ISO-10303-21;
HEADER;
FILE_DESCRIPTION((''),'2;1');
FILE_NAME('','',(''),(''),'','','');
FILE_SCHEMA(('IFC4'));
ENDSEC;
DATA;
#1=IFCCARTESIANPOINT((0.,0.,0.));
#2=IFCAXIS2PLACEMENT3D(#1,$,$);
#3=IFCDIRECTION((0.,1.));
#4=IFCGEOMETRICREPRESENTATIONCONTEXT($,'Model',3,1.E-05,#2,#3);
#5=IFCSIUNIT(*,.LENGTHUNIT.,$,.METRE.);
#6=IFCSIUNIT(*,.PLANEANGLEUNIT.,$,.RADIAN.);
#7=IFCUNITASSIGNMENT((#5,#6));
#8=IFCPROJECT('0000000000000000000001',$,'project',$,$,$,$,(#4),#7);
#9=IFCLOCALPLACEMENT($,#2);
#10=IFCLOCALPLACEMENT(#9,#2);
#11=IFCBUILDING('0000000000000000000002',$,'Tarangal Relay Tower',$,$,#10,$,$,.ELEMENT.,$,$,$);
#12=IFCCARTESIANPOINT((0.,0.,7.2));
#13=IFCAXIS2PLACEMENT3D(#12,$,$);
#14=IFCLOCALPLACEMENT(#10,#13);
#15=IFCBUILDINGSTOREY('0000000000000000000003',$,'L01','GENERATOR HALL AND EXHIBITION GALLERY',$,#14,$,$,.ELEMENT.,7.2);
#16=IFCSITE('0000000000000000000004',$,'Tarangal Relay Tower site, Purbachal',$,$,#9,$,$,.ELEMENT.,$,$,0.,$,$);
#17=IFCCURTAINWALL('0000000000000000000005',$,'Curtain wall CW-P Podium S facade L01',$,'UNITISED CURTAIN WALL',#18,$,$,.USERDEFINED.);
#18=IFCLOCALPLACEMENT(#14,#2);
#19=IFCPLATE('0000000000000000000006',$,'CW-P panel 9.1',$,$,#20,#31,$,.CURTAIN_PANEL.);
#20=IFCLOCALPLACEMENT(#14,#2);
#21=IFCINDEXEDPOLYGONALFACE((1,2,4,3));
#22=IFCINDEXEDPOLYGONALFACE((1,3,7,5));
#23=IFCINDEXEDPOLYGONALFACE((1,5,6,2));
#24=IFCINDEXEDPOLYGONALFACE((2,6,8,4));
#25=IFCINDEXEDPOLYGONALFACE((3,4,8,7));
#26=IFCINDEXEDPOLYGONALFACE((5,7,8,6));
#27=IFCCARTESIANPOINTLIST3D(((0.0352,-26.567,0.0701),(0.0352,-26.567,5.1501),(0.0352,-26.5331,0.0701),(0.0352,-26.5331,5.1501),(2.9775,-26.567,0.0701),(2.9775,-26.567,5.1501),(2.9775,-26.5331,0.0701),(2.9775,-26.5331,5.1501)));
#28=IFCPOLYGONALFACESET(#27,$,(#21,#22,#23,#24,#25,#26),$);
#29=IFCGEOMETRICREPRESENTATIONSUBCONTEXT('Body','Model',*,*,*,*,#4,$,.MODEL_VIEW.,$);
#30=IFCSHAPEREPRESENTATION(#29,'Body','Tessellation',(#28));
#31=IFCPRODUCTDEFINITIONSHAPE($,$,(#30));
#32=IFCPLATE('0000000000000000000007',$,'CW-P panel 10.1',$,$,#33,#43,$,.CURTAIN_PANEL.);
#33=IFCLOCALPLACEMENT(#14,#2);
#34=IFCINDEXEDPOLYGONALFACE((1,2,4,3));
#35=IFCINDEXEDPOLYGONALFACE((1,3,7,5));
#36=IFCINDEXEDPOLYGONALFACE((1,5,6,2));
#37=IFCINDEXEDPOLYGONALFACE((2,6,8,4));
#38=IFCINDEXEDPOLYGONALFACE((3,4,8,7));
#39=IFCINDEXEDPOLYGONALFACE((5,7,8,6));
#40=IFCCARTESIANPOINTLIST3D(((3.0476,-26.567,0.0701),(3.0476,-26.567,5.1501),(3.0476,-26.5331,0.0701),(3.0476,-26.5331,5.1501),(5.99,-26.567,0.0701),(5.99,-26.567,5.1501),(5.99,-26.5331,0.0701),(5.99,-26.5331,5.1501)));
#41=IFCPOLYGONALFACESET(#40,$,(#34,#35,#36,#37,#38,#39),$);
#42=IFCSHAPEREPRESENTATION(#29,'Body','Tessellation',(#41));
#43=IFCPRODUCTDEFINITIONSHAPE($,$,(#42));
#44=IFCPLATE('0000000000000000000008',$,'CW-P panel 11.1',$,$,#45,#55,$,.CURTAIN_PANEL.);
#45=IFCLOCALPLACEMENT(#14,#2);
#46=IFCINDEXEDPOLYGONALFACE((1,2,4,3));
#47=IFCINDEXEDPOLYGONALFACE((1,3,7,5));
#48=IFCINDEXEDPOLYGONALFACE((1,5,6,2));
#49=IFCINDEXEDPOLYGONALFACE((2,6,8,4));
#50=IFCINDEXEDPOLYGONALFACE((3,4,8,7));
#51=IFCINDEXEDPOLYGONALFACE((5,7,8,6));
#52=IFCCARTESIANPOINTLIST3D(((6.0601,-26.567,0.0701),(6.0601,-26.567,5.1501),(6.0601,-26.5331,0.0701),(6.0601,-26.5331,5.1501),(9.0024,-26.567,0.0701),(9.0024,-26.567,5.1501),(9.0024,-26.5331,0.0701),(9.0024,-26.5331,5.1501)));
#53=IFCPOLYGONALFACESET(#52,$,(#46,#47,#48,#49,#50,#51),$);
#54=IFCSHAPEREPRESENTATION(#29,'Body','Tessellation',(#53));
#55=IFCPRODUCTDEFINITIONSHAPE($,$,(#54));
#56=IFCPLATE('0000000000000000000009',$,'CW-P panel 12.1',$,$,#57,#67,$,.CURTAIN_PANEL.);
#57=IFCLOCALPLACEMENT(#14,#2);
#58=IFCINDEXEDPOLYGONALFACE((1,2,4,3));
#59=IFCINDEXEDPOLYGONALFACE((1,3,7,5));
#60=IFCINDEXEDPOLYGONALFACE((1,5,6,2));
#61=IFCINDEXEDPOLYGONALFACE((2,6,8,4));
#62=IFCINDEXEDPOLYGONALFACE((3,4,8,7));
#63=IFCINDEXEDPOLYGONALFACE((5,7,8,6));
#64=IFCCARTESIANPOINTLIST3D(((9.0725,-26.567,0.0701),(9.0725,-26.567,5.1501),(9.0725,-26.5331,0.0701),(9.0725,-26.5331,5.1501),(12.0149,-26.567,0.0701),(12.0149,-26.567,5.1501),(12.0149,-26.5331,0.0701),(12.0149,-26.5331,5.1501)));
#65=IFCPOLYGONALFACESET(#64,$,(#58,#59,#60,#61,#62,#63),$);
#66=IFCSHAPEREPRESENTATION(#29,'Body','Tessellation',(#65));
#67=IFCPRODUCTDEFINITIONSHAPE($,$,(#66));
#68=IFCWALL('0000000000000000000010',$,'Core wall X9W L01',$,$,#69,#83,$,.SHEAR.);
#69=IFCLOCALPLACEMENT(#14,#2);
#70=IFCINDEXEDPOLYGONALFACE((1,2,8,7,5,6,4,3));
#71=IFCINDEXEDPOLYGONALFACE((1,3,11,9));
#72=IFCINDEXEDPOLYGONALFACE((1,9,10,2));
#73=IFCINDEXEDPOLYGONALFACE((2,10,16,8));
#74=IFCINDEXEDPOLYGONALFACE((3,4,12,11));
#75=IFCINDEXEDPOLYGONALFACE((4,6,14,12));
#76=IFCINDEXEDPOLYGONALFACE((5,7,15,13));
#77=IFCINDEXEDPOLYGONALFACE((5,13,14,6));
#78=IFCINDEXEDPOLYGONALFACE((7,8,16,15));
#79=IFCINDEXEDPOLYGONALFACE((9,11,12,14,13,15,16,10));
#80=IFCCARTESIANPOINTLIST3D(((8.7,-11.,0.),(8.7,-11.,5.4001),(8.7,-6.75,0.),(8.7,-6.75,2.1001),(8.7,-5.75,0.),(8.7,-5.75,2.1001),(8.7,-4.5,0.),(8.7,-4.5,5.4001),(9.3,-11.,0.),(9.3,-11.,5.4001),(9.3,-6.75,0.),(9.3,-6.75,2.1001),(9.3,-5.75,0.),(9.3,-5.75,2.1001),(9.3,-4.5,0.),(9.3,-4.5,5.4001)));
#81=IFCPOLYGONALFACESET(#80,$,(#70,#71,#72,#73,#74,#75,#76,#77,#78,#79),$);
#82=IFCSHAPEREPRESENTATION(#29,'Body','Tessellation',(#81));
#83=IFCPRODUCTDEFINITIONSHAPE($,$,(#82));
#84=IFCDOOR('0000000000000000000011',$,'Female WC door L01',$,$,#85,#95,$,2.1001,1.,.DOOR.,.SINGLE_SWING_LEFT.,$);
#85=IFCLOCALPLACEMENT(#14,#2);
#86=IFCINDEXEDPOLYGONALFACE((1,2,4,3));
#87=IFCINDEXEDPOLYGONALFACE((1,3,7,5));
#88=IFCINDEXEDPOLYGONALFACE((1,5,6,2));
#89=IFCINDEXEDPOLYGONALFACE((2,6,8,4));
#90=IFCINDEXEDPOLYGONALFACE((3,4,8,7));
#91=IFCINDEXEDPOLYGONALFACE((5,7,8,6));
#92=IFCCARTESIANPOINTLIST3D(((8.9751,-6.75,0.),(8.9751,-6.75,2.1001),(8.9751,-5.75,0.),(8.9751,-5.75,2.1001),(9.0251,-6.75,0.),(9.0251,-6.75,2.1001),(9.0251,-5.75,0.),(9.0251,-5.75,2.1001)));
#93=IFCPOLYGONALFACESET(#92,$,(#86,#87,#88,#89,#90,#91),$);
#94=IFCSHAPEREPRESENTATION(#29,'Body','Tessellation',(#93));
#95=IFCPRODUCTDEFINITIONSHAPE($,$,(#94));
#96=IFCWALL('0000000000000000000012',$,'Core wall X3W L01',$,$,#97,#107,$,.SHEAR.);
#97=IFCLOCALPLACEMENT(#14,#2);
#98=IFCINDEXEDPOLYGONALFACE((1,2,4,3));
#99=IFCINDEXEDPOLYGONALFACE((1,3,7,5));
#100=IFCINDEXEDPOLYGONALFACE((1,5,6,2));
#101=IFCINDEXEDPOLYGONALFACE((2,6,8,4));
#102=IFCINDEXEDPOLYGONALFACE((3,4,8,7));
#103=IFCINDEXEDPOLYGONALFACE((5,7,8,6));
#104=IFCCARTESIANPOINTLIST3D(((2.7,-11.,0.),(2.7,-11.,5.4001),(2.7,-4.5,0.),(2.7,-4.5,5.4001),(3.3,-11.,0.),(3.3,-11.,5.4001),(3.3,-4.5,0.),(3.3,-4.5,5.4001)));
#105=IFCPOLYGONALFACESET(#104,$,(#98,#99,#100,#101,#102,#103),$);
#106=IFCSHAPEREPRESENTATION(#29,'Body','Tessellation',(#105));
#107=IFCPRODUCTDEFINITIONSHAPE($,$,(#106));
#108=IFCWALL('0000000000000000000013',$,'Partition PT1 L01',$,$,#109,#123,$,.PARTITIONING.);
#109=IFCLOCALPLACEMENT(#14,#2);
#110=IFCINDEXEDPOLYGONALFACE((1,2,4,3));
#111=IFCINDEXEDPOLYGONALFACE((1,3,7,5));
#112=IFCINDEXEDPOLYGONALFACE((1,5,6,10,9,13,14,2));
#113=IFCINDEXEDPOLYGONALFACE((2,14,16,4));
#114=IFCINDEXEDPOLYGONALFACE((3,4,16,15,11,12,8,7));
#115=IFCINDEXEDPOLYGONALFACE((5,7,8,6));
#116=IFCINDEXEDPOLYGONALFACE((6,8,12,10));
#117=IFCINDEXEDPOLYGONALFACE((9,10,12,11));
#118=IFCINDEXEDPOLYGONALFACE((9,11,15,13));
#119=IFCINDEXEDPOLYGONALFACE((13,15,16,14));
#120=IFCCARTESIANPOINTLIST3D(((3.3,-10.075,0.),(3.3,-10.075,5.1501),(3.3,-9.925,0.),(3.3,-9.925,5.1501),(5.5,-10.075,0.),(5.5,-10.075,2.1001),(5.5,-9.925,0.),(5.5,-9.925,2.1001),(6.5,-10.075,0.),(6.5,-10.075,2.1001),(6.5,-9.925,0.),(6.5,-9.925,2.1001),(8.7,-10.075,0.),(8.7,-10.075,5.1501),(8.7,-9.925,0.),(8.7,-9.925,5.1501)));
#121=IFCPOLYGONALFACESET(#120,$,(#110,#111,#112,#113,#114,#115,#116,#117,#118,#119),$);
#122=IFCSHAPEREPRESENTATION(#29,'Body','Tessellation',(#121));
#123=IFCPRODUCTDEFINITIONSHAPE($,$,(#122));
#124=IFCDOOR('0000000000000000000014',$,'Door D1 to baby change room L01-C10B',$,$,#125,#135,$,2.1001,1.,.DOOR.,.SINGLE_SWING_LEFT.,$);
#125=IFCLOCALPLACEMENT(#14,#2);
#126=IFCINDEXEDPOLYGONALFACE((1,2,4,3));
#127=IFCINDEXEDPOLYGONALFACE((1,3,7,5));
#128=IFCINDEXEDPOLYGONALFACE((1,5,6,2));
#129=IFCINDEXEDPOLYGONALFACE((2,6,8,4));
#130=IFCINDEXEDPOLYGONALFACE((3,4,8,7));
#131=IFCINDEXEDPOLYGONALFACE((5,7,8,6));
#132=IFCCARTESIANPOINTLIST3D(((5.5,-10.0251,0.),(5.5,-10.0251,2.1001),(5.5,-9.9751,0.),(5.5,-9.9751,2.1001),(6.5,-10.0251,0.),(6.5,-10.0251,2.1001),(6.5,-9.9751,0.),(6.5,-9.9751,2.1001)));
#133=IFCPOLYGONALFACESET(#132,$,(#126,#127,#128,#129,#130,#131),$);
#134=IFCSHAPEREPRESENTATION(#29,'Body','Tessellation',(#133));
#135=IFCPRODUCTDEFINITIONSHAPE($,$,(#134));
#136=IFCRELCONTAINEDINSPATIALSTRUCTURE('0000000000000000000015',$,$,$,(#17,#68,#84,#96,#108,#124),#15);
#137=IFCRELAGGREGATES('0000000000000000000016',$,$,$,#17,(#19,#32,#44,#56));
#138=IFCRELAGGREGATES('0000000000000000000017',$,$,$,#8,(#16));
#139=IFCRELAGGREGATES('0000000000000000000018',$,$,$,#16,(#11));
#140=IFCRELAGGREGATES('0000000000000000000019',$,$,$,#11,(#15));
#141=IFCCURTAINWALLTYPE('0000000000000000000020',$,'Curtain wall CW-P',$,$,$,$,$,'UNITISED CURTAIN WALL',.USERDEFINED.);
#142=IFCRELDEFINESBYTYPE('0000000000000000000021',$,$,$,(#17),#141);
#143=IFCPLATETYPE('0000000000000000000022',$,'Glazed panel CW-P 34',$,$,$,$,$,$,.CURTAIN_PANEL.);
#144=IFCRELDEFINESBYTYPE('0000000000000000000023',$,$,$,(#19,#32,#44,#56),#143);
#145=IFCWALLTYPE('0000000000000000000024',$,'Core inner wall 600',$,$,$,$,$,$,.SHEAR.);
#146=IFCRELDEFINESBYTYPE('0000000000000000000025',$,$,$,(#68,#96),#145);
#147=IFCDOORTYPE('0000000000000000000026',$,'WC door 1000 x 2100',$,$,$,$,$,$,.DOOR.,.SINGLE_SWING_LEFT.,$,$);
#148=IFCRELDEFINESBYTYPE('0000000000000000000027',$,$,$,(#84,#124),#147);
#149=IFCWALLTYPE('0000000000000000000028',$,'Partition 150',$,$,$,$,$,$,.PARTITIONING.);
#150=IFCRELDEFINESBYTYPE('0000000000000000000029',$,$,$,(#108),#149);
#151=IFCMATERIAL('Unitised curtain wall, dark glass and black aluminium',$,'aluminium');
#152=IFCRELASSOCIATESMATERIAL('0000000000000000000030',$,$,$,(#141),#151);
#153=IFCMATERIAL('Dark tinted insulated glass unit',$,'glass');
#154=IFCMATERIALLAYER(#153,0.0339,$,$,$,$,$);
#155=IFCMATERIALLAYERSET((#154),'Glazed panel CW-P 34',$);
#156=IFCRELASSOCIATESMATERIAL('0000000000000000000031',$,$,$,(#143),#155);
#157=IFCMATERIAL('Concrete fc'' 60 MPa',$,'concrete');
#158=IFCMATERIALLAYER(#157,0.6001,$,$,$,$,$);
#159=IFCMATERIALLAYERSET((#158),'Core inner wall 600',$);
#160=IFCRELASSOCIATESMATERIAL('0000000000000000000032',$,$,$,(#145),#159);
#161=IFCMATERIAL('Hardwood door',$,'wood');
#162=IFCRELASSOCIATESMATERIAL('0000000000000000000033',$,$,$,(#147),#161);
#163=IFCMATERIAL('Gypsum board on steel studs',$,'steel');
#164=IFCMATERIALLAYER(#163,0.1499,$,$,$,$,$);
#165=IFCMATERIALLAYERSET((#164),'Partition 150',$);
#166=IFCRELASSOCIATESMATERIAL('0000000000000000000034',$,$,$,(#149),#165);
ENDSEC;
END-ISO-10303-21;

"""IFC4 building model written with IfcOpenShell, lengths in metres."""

from ifc_helpers import new_model, si_unit, direction, frame, frame_2d, origin, origin_2d, place, context, subcontext, project, spatial, rectangle, extrude, material, layer, layer_set, type_object, element, fill, aggregate, save


model = new_model("IFC4")

# Units and contexts
model_context = context("Model", 3, precision=1e-05, world=origin(), true_north=direction((0.0, 1.0)))
body_context = subcontext(model_context, "Body", "Model", "MODEL_VIEW")
ifc_project = project(units=[si_unit("LENGTHUNIT", "METRE"), si_unit("PLANEANGLEUNIT", "RADIAN")], contexts=[model_context])

# Site, building, storey
site_placement = place(None, origin())
site = spatial("IfcSite", under=ifc_project, at=site_placement, Name="Tarangal Relay Tower site, Purbachal", CompositionType="ELEMENT", RefElevation=0.0)
building_placement = place(site_placement, origin())
building = spatial("IfcBuilding", under=site, at=building_placement, Name="Tarangal Relay Tower", CompositionType="ELEMENT")
storey_placement = place(building_placement, frame((0.0, 0.0, 7.2)))
storey = spatial("IfcBuildingStorey", under=building, at=storey_placement, Name="L01", Description="GENERATOR HALL AND EXHIBITION GALLERY", CompositionType="ELEMENT", Elevation=7.2)

# Curtain wall, plates
ifc_material_1 = material(Name="Unitised curtain wall, dark glass and black aluminium", Category="aluminium")
curtain_wall_type = type_object("IfcCurtainWallType", Name="Curtain wall CW-P", ElementType="UNITISED CURTAIN WALL", PredefinedType="USERDEFINED", material=ifc_material_1)
curtain_wall_placement = place(storey_placement, origin())
curtain_wall = element("IfcCurtainWall", 1, at=curtain_wall_placement, inside=storey, type_object=curtain_wall_type, Name="Curtain wall CW-P Podium S facade L01", ObjectType="UNITISED CURTAIN WALL", PredefinedType="USERDEFINED")
ifc_material_2 = material(Name="Dark tinted insulated glass unit", Category="glass")
ifc_layer_1 = layer(ifc_material_2, 0.0339)
ifc_layer_set_1 = layer_set([ifc_layer_1], Name="Glazed panel CW-P 34")
plate_type = type_object("IfcPlateType", Name="Glazed panel CW-P 34", PredefinedType="CURTAIN_PANEL", material=ifc_layer_set_1)
plate_1_placement = place(storey_placement, frame((1.5063, -26.55, 0.0701), z_axis=(0.0, 0.0, 1.0), x_axis=(1.0, 0.0, 0.0)))
plate_1 = element("IfcPlate", 2, at=plate_1_placement, type_object=plate_type, Name="CW-P panel 9.1", PredefinedType="CURTAIN_PANEL", context=body_context, shape_type="SweptSolid", body=[
    extrude(rectangle(XDim=2.9424, YDim=0.0339, at=origin_2d()), origin(), (0.0, 0.0, 1.0), 5.0801),
])
plate_2_placement = place(storey_placement, frame((4.5188, -26.55, 0.0701), z_axis=(0.0, 0.0, 1.0), x_axis=(1.0, 0.0, 0.0)))
plate_2 = element("IfcPlate", 3, at=plate_2_placement, type_object=plate_type, Name="CW-P panel 10.1", PredefinedType="CURTAIN_PANEL", context=body_context, shape_type="SweptSolid", body=[
    extrude(rectangle(XDim=2.9424, YDim=0.0339, at=origin_2d()), origin(), (0.0, 0.0, 1.0), 5.0801),
])
plate_3_placement = place(storey_placement, frame((7.5312, -26.55, 0.0701), z_axis=(0.0, 0.0, 1.0), x_axis=(1.0, 0.0, 0.0)))
plate_3 = element("IfcPlate", 4, at=plate_3_placement, type_object=plate_type, Name="CW-P panel 11.1", PredefinedType="CURTAIN_PANEL", context=body_context, shape_type="SweptSolid", body=[
    extrude(rectangle(XDim=2.9424, YDim=0.0339, at=origin_2d()), origin(), (0.0, 0.0, 1.0), 5.0801),
])
plate_4_placement = place(storey_placement, frame((10.5437, -26.55, 0.0701), z_axis=(0.0, 0.0, 1.0), x_axis=(1.0, 0.0, 0.0)))
plate_4 = element("IfcPlate", 5, at=plate_4_placement, type_object=plate_type, Name="CW-P panel 12.1", PredefinedType="CURTAIN_PANEL", context=body_context, shape_type="SweptSolid", body=[
    extrude(rectangle(XDim=2.9424, YDim=0.0339, at=origin_2d()), origin(), (0.0, 0.0, 1.0), 5.0801),
])
aggregate(curtain_wall, [plate_1, plate_2, plate_3, plate_4])

# Wall, opening, door
ifc_material_3 = material(Name="Concrete fc' 60 MPa", Category="concrete")
ifc_layer_2 = layer(ifc_material_3, 0.6001)
ifc_layer_set_2 = layer_set([ifc_layer_2], Name="Core inner wall 600")
wall_type_1 = type_object("IfcWallType", Name="Core inner wall 600", PredefinedType="SHEAR", material=ifc_layer_set_2)
wall_1_placement = place(storey_placement, frame((9.0, -11.0, 0.0), z_axis=(0.0, 0.0, 1.0), x_axis=(0.0, 1.0, 0.0)))
wall_1 = element("IfcWall", 6, at=wall_1_placement, inside=storey, type_object=wall_type_1, Name="Core wall X9W L01", PredefinedType="SHEAR", context=body_context, shape_type="SweptSolid", body=[
    extrude(rectangle(XDim=6.5, YDim=0.6001, at=frame_2d((3.25, 0.0))), origin(), (0.0, 0.0, 1.0), 5.4001),
])
opening_1_placement = place(wall_1_placement, frame((4.25, 0.0, 0.0)))
opening_1 = element("IfcOpeningElement", 7, at=opening_1_placement, cuts=wall_1, PredefinedType="OPENING", context=body_context, shape_type="SweptSolid", body=[
    extrude(rectangle(XDim=1.0, YDim=2.1001, at=frame_2d((0.5, 1.05))), frame((0.0, 0.3101, 0.0), z_axis=(0.0, -1.0, 0.0), x_axis=(1.0, 0.0, 0.0)), (0.0, 0.0, 1.0), 0.6201),
])
ifc_material_4 = material(Name="Hardwood door", Category="wood")
door_type = type_object("IfcDoorType", Name="WC door 1000 x 2100", OperationType="SINGLE_SWING_LEFT", PredefinedType="DOOR", material=ifc_material_4)
door_1_placement = place(opening_1_placement, origin())
door_1 = element("IfcDoor", 8, at=door_1_placement, inside=storey, type_object=door_type, Name="Female WC door L01", OperationType="SINGLE_SWING_LEFT", OverallHeight=2.1001, OverallWidth=1.0, PredefinedType="DOOR", context=body_context, shape_type="SweptSolid", body=[
    extrude(rectangle(XDim=1.0, YDim=2.1001, at=frame_2d((0.5, 1.05))), frame((0.0, 0.0249, 0.0), z_axis=(0.0, -1.0, 0.0), x_axis=(1.0, 0.0, 0.0)), (0.0, 0.0, 1.0), 0.05),
])
fill(opening_1, door_1)

# Wall
wall_2_placement = place(storey_placement, frame((3.0, -11.0, 0.0), z_axis=(0.0, 0.0, 1.0), x_axis=(0.0, 1.0, 0.0)))
element("IfcWall", 9, at=wall_2_placement, inside=storey, type_object=wall_type_1, Name="Core wall X3W L01", PredefinedType="SHEAR", context=body_context, shape_type="SweptSolid", body=[
    extrude(rectangle(XDim=6.5, YDim=0.6001, at=frame_2d((3.25, 0.0))), origin(), (0.0, 0.0, 1.0), 5.4001),
])

# Wall, opening, door
ifc_material_5 = material(Name="Gypsum board on steel studs", Category="steel")
ifc_layer_3 = layer(ifc_material_5, 0.1499)
ifc_layer_set_3 = layer_set([ifc_layer_3], Name="Partition 150")
wall_type_2 = type_object("IfcWallType", Name="Partition 150", PredefinedType="PARTITIONING", material=ifc_layer_set_3)
wall_3_placement = place(storey_placement, frame((3.3, -10.0, 0.0), z_axis=(0.0, 0.0, 1.0), x_axis=(1.0, 0.0, 0.0)))
wall_3 = element("IfcWall", 10, at=wall_3_placement, inside=storey, type_object=wall_type_2, Name="Partition PT1 L01", PredefinedType="PARTITIONING", context=body_context, shape_type="SweptSolid", body=[
    extrude(rectangle(XDim=5.3999, YDim=0.1499, at=frame_2d((2.7, 0.0))), origin(), (0.0, 0.0, 1.0), 5.1501),
])
opening_2_placement = place(wall_3_placement, frame((2.2, 0.0, 0.0)))
opening_2 = element("IfcOpeningElement", 11, at=opening_2_placement, cuts=wall_3, PredefinedType="OPENING", context=body_context, shape_type="SweptSolid", body=[
    extrude(rectangle(XDim=1.0, YDim=2.1001, at=frame_2d((0.5, 1.05))), frame((0.0, 0.085, 0.0), z_axis=(0.0, -1.0, 0.0), x_axis=(1.0, 0.0, 0.0)), (0.0, 0.0, 1.0), 0.1699),
])
door_2_placement = place(opening_2_placement, origin())
door_2 = element("IfcDoor", 12, at=door_2_placement, inside=storey, type_object=door_type, Name="Door D1 to baby change room L01-C10B", OperationType="SINGLE_SWING_LEFT", OverallHeight=2.1001, OverallWidth=1.0, PredefinedType="DOOR", context=body_context, shape_type="SweptSolid", body=[
    extrude(rectangle(XDim=1.0, YDim=2.1001, at=frame_2d((0.5, 1.05))), frame((0.0, 0.0249, 0.0), z_axis=(0.0, -1.0, 0.0), x_axis=(1.0, 0.0, 0.0)), (0.0, 0.0, 1.0), 0.05),
])
fill(opening_2, door_2)

save(model, "model.ifc")
